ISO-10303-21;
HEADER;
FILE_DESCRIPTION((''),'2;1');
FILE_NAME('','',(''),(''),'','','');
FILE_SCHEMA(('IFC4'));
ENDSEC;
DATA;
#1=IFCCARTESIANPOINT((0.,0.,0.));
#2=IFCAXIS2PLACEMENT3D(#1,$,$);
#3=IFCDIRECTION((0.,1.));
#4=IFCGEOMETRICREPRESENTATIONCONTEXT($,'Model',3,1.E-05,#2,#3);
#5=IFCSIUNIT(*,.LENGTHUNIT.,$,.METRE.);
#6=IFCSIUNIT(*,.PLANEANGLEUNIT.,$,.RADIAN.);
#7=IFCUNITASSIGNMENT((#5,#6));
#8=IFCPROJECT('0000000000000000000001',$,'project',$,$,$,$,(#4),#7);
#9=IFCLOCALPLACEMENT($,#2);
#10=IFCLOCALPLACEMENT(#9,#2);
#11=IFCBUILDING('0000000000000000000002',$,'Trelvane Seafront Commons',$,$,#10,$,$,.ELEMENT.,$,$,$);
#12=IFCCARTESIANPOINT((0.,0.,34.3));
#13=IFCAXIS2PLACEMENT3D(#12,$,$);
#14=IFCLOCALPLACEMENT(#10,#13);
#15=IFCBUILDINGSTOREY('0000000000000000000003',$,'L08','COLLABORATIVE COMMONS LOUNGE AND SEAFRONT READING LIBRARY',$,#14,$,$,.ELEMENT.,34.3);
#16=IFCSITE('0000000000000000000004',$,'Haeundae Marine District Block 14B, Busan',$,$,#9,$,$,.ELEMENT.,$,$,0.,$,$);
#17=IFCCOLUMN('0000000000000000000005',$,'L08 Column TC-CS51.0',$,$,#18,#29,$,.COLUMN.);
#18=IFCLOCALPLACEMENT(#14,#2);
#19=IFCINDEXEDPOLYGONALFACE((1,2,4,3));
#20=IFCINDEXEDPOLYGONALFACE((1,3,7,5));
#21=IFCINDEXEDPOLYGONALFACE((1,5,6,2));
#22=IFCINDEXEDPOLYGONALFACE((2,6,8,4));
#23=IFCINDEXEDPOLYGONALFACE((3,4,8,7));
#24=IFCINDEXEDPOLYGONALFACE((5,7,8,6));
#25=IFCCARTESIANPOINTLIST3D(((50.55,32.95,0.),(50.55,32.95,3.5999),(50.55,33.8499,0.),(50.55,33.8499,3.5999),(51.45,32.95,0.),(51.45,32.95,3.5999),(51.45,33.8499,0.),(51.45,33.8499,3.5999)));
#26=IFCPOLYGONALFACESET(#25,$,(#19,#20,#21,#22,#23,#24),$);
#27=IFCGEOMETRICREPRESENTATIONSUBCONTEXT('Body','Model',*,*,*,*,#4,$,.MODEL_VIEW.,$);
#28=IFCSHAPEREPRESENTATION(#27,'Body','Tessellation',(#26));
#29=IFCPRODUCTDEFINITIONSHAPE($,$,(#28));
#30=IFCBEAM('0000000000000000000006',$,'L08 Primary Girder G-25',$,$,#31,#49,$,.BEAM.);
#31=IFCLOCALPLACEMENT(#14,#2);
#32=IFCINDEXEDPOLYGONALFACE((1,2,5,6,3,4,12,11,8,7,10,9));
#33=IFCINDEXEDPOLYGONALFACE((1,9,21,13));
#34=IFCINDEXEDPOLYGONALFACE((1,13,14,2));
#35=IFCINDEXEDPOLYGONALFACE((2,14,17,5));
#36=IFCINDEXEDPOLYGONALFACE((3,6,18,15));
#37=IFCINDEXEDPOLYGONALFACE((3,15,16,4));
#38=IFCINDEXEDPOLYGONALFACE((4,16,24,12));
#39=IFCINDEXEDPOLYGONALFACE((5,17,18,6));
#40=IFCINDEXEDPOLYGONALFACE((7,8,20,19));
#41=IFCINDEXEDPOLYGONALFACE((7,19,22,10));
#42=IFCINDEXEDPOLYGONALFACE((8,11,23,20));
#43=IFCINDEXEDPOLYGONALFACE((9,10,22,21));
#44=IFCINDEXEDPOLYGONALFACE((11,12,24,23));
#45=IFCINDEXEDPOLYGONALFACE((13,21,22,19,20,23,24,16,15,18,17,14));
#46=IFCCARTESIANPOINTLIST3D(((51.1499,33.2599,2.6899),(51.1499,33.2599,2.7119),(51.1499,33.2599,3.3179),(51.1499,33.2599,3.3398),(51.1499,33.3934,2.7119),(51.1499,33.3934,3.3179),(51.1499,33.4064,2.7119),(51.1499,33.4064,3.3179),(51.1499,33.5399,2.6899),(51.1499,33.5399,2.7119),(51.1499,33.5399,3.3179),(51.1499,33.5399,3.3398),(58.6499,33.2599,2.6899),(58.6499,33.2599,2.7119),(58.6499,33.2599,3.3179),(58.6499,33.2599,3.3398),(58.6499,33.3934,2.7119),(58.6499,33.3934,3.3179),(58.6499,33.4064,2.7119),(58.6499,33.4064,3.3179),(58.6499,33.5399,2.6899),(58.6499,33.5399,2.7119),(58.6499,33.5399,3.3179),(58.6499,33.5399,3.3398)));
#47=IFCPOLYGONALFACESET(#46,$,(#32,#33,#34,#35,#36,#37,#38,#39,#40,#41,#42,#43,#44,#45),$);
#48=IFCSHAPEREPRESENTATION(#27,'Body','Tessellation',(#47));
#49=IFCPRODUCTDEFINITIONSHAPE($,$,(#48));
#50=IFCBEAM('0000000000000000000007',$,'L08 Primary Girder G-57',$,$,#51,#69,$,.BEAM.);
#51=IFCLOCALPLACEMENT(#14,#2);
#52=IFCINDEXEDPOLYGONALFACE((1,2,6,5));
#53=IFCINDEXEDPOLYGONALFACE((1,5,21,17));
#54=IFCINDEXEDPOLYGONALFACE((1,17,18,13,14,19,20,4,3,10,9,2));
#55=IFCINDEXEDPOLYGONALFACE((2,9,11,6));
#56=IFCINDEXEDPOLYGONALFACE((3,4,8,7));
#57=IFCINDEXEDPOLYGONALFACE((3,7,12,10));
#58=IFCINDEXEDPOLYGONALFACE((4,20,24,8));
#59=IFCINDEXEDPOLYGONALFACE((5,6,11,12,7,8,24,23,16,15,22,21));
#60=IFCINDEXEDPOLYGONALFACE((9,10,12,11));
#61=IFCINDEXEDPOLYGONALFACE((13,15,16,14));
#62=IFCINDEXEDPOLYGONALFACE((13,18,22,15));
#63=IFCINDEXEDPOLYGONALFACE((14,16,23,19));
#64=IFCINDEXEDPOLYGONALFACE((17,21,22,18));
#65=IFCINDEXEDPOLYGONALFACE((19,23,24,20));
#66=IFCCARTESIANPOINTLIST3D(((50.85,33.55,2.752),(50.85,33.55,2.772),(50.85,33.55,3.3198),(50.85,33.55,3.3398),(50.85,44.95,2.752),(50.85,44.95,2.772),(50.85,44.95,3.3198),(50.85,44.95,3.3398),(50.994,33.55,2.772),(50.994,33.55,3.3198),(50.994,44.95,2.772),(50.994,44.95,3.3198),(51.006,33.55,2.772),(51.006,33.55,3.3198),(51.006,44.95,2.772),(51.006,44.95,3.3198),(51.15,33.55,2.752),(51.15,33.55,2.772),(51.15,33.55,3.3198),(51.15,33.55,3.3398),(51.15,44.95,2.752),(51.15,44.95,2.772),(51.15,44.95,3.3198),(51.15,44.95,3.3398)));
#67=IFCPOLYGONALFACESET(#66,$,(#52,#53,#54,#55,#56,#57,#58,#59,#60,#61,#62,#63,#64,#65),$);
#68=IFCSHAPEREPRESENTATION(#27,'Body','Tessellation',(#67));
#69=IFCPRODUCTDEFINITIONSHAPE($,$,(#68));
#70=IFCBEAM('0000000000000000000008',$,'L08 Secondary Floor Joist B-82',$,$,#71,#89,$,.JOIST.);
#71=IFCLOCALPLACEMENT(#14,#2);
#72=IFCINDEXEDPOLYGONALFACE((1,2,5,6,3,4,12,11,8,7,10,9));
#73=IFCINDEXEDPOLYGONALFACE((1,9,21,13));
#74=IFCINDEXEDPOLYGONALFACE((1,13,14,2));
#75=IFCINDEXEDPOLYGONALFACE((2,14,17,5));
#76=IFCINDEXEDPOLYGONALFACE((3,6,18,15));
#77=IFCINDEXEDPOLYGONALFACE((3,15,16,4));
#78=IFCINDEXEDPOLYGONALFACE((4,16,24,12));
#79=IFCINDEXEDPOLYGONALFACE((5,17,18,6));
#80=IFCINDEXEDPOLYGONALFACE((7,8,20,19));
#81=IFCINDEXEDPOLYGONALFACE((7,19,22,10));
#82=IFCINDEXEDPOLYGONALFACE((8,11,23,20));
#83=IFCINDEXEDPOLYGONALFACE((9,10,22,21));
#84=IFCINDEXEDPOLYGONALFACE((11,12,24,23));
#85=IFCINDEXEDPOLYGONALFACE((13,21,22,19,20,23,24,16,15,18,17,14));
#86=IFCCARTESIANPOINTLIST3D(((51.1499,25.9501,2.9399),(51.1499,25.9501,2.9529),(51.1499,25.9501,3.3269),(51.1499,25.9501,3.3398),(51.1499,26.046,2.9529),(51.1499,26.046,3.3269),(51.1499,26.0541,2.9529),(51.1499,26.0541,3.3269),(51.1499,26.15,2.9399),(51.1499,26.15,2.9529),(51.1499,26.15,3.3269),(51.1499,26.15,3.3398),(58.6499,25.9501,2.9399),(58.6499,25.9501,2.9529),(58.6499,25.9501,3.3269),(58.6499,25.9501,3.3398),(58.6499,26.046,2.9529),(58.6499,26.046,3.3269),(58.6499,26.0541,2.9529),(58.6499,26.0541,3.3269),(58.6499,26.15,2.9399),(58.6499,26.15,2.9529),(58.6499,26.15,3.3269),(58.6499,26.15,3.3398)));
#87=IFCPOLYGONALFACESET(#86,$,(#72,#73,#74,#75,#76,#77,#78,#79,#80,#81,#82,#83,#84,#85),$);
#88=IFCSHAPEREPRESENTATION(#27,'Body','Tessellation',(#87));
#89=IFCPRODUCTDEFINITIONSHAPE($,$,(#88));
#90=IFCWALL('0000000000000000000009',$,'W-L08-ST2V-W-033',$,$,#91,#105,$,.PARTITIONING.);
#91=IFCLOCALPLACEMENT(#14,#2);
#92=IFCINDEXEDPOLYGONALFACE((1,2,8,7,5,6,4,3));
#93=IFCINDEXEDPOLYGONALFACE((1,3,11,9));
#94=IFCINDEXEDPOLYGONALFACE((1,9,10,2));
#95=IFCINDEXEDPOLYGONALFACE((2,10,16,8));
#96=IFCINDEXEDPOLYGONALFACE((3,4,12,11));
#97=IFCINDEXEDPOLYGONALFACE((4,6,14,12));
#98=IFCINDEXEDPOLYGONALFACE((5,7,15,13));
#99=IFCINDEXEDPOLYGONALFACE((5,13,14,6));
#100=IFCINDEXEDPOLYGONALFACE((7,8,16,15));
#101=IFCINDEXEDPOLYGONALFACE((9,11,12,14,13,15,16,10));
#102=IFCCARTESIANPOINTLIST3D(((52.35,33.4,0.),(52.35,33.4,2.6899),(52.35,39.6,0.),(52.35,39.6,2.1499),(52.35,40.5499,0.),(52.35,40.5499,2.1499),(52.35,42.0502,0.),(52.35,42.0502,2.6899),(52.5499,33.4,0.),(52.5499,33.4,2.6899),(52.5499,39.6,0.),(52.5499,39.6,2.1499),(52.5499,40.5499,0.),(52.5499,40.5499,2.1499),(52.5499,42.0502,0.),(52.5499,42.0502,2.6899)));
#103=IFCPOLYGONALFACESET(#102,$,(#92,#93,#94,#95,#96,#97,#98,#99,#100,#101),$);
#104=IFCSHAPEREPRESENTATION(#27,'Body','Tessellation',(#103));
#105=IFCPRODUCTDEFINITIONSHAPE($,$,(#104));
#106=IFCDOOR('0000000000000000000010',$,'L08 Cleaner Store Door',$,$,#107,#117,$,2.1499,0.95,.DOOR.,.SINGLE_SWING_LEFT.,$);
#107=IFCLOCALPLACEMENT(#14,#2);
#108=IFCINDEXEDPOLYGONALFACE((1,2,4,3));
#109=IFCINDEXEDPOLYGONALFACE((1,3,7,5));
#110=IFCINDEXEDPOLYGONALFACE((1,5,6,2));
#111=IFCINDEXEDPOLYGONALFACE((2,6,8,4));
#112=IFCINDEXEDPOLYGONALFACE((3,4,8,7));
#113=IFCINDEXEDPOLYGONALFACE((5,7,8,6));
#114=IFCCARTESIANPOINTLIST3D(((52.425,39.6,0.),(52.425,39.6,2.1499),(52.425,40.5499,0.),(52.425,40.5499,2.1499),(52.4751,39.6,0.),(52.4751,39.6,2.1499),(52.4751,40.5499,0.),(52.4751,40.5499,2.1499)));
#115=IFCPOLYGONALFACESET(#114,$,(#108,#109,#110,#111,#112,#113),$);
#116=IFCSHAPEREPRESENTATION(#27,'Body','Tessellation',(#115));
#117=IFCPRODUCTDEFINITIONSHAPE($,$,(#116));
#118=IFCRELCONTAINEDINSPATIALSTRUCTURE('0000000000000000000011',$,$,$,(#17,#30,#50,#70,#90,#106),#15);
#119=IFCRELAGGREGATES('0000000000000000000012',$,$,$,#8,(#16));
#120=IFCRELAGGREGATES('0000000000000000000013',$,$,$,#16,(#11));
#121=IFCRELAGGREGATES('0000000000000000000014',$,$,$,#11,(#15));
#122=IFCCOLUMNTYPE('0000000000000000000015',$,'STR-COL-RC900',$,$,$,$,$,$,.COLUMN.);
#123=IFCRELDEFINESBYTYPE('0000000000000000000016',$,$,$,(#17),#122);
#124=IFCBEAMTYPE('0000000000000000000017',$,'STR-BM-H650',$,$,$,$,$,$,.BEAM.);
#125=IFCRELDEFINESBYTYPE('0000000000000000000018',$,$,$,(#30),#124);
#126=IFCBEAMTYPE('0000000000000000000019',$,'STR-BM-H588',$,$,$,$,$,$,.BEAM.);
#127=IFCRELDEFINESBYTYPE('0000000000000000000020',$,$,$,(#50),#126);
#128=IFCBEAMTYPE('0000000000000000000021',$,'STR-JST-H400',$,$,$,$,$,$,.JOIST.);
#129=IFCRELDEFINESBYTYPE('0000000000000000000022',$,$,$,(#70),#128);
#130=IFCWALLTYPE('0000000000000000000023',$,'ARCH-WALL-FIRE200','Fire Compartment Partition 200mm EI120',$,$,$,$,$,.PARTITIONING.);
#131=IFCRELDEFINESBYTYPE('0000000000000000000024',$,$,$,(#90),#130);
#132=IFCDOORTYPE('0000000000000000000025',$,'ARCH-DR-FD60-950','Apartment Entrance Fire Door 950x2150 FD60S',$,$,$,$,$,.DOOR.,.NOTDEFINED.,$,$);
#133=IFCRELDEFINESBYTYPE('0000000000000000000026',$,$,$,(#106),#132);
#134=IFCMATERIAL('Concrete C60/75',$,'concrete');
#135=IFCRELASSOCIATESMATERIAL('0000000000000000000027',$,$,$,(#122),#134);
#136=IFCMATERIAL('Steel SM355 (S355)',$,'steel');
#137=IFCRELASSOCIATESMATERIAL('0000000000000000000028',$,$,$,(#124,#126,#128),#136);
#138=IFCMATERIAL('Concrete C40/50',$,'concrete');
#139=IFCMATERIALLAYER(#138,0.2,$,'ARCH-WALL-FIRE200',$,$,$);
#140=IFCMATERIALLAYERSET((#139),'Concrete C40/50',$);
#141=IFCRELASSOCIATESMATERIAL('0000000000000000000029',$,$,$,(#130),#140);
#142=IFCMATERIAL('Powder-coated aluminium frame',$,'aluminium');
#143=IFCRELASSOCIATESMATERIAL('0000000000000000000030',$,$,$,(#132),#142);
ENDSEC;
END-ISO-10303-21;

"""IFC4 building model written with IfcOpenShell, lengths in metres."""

from ifc_helpers import new_model, si_unit, direction, frame, frame_2d, origin, origin_2d, place, context, subcontext, project, spatial, rectangle, i_section, extrude, source, transform, mapped, material, layer, layer_set, material_profile, profile_set, type_object, element, fill, save


model = new_model("IFC4")

# Units and contexts
model_context = context("Model", 3, precision=1e-05, world=origin(), true_north=direction((0.0, 1.0)))
body_context = subcontext(model_context, "Body", "Model", "MODEL_VIEW")
ifc_project = project(units=[si_unit("LENGTHUNIT", "METRE"), si_unit("PLANEANGLEUNIT", "RADIAN")], contexts=[model_context])

# Site, building, storey
site_placement = place(None, origin())
site = spatial("IfcSite", under=ifc_project, at=site_placement, Name="Haeundae Marine District Block 14B, Busan", CompositionType="ELEMENT", RefElevation=0.0)
building_placement = place(site_placement, origin())
building = spatial("IfcBuilding", under=site, at=building_placement, Name="Trelvane Seafront Commons", CompositionType="ELEMENT")
storey_placement = place(building_placement, frame((0.0, 0.0, 34.3)))
storey = spatial("IfcBuildingStorey", under=building, at=storey_placement, Name="L08", Description="COLLABORATIVE COMMONS LOUNGE AND SEAFRONT READING LIBRARY", CompositionType="ELEMENT", Elevation=34.3)

# Column
ifc_material_1 = material(Name="Concrete C60/75", Category="concrete")
ifc_material_profile_1 = material_profile(ifc_material_1, rectangle(XDim=0.8999, YDim=0.8999, at=origin_2d()), Name="RC-900x900")
ifc_profile_set_1 = profile_set([ifc_material_profile_1], Name="Concrete C60/75")
column_type = type_object("IfcColumnType", Name="STR-COL-RC900", PredefinedType="COLUMN", material=ifc_profile_set_1)
shared_shape_1 = source(origin(), body_context, "Body", "SweptSolid", [
    extrude(rectangle(XDim=0.8999, YDim=0.8999, at=origin_2d()), origin(), (0.0, 0.0, 1.0), 3.5999),
])
column_placement = place(storey_placement, frame((51.0, 33.3999, 0.0), z_axis=(0.0, 0.0, 1.0), x_axis=(1.0, 0.0, 0.0)))
element("IfcColumn", 1, at=column_placement, inside=storey, type_object=column_type, Name="L08 Column TC-CS51.0", PredefinedType="COLUMN", context=body_context, shape_type="MappedRepresentation", body=[
    mapped(shared_shape_1, transform((0.0, 0.0, 0.0), x_axis=(1.0, 0.0, 0.0), y_axis=(0.0, 1.0, 0.0), z_axis=(0.0, 0.0, 1.0), scale=1.0)),
])

# Beams
ifc_material_2 = material(Name="Steel SM355 (S355)", Category="steel")
ifc_material_profile_2 = material_profile(ifc_material_2, i_section(OverallWidth=0.28, OverallDepth=0.6499, WebThickness=0.0129, FlangeThickness=0.022, at=origin_2d()), Name="H-650x280x13x22")
ifc_profile_set_2 = profile_set([ifc_material_profile_2], Name="Steel SM355 (S355)")
beam_type_1 = type_object("IfcBeamType", Name="STR-BM-H650", PredefinedType="BEAM", material=ifc_profile_set_2)
shared_shape_2 = source(origin(), body_context, "Body", "SweptSolid", [
    extrude(i_section(OverallWidth=0.28, OverallDepth=0.6499, WebThickness=0.0129, FlangeThickness=0.022, at=origin_2d()), origin(), (0.0, 0.0, 1.0), 7.5),
])
beam_1_placement = place(storey_placement, frame((51.1499, 33.3999, 3.0149), z_axis=(1.0, 0.0, 0.0), x_axis=(0.0, 1.0, 0.0)))
element("IfcBeam", 2, at=beam_1_placement, inside=storey, type_object=beam_type_1, Name="L08 Primary Girder G-25", PredefinedType="BEAM", context=body_context, shape_type="MappedRepresentation", body=[
    mapped(shared_shape_2, transform((0.0, 0.0, 0.0), x_axis=(1.0, 0.0, 0.0), y_axis=(0.0, 1.0, 0.0), z_axis=(0.0, 0.0, 1.0), scale=1.0)),
])
ifc_material_profile_3 = material_profile(ifc_material_2, i_section(OverallWidth=0.3, OverallDepth=0.5879, WebThickness=0.012, FlangeThickness=0.02, at=origin_2d()), Name="H-588x300x12x20")
ifc_profile_set_3 = profile_set([ifc_material_profile_3], Name="Steel SM355 (S355)")
beam_type_2 = type_object("IfcBeamType", Name="STR-BM-H588", PredefinedType="BEAM", material=ifc_profile_set_3)
shared_shape_3 = source(origin(), body_context, "Body", "SweptSolid", [
    extrude(i_section(OverallWidth=0.3, OverallDepth=0.5879, WebThickness=0.012, FlangeThickness=0.02, at=origin_2d()), origin(), (0.0, 0.0, 1.0), 11.3999),
])
beam_2_placement = place(storey_placement, frame((51.0, 33.55, 3.0459), z_axis=(0.0, 1.0, 0.0), x_axis=(-1.0, 0.0, 0.0)))
element("IfcBeam", 3, at=beam_2_placement, inside=storey, type_object=beam_type_2, Name="L08 Primary Girder G-57", PredefinedType="BEAM", context=body_context, shape_type="MappedRepresentation", body=[
    mapped(shared_shape_3, transform((0.0, 0.0, 0.0), x_axis=(1.0, 0.0, 0.0), y_axis=(0.0, 1.0, 0.0), z_axis=(0.0, 0.0, 1.0), scale=1.0)),
])
ifc_material_profile_4 = material_profile(ifc_material_2, i_section(OverallWidth=0.2, OverallDepth=0.3999, WebThickness=0.0081, FlangeThickness=0.0129, at=origin_2d()), Name="H-400x200x8x13")
ifc_profile_set_4 = profile_set([ifc_material_profile_4], Name="Steel SM355 (S355)")
beam_type_3 = type_object("IfcBeamType", Name="STR-JST-H400", PredefinedType="JOIST", material=ifc_profile_set_4)
shared_shape_4 = source(origin(), body_context, "Body", "SweptSolid", [
    extrude(i_section(OverallWidth=0.2, OverallDepth=0.3999, WebThickness=0.0081, FlangeThickness=0.0129, at=origin_2d()), origin(), (0.0, 0.0, 1.0), 7.5),
])
beam_3_placement = place(storey_placement, frame((51.1499, 26.05, 3.1399), z_axis=(1.0, 0.0, 0.0), x_axis=(0.0, 1.0, 0.0)))
element("IfcBeam", 4, at=beam_3_placement, inside=storey, type_object=beam_type_3, Name="L08 Secondary Floor Joist B-82", PredefinedType="JOIST", context=body_context, shape_type="MappedRepresentation", body=[
    mapped(shared_shape_4, transform((0.0, 0.0, 0.0), x_axis=(1.0, 0.0, 0.0), y_axis=(0.0, 1.0, 0.0), z_axis=(0.0, 0.0, 1.0), scale=1.0)),
])

# Wall, opening, door
ifc_material_3 = material(Name="Concrete C40/50", Category="concrete")
ifc_layer_1 = layer(ifc_material_3, 0.2, Name="ARCH-WALL-FIRE200")
ifc_layer_set_1 = layer_set([ifc_layer_1], Name="Concrete C40/50")
wall_type_1 = type_object("IfcWallType", Name="ARCH-WALL-FIRE200", Description="Fire Compartment Partition 200mm EI120", PredefinedType="PARTITIONING", material=ifc_layer_set_1)
wall_1_placement = place(storey_placement, frame((52.45, 33.3999, 0.0), z_axis=(0.0, 0.0, 1.0), x_axis=(0.0, 1.0, 0.0)))
wall_1 = element("IfcWall", 5, at=wall_1_placement, inside=storey, type_object=wall_type_1, Name="W-L08-ST2V-W-033", PredefinedType="PARTITIONING", context=body_context, shape_type="SweptSolid", body=[
    extrude(rectangle(XDim=8.6501, YDim=0.2, at=frame_2d((4.3252, 0.0))), origin(), (0.0, 0.0, 1.0), 2.6899),
])
opening_1_placement = place(wall_1_placement, frame((6.2, 0.0, 0.0)))
opening_1 = element("IfcOpeningElement", 6, at=opening_1_placement, cuts=wall_1, PredefinedType="OPENING", context=body_context, shape_type="SweptSolid", body=[
    extrude(rectangle(XDim=0.95, YDim=2.1499, at=frame_2d((0.4751, 1.075))), frame((0.0, 0.1099, 0.0), z_axis=(0.0, -1.0, 0.0), x_axis=(1.0, 0.0, 0.0)), (0.0, 0.0, 1.0), 0.22),
])
ifc_material_4 = material(Name="Powder-coated aluminium frame", Category="aluminium")
door_type_1 = type_object("IfcDoorType", Name="ARCH-DR-FD60-950", Description="Apartment Entrance Fire Door 950x2150 FD60S", OperationType="NOTDEFINED", PredefinedType="DOOR", material=ifc_material_4)
shared_shape_5 = source(origin(), body_context, "Body", "SweptSolid", [
    extrude(rectangle(XDim=0.95, YDim=2.1499, at=frame_2d((0.4751, 1.075))), frame((0.0, 0.0249, 0.0), z_axis=(0.0, -1.0, 0.0), x_axis=(1.0, 0.0, 0.0)), (0.0, 0.0, 1.0), 0.05),
])
door_1_placement = place(opening_1_placement, origin())
door_1 = element("IfcDoor", 7, at=door_1_placement, inside=storey, type_object=door_type_1, Name="L08 Cleaner Store Door", OperationType="SINGLE_SWING_LEFT", OverallHeight=2.1499, OverallWidth=0.95, PredefinedType="DOOR", context=body_context, shape_type="MappedRepresentation", body=[
    mapped(shared_shape_5, transform((0.0, 0.0, 0.0), x_axis=(1.0, 0.0, 0.0), y_axis=(0.0, 1.0, 0.0), z_axis=(0.0, 0.0, 1.0), scale=1.0)),
])
fill(opening_1, door_1)

save(model, "model.ifc")
